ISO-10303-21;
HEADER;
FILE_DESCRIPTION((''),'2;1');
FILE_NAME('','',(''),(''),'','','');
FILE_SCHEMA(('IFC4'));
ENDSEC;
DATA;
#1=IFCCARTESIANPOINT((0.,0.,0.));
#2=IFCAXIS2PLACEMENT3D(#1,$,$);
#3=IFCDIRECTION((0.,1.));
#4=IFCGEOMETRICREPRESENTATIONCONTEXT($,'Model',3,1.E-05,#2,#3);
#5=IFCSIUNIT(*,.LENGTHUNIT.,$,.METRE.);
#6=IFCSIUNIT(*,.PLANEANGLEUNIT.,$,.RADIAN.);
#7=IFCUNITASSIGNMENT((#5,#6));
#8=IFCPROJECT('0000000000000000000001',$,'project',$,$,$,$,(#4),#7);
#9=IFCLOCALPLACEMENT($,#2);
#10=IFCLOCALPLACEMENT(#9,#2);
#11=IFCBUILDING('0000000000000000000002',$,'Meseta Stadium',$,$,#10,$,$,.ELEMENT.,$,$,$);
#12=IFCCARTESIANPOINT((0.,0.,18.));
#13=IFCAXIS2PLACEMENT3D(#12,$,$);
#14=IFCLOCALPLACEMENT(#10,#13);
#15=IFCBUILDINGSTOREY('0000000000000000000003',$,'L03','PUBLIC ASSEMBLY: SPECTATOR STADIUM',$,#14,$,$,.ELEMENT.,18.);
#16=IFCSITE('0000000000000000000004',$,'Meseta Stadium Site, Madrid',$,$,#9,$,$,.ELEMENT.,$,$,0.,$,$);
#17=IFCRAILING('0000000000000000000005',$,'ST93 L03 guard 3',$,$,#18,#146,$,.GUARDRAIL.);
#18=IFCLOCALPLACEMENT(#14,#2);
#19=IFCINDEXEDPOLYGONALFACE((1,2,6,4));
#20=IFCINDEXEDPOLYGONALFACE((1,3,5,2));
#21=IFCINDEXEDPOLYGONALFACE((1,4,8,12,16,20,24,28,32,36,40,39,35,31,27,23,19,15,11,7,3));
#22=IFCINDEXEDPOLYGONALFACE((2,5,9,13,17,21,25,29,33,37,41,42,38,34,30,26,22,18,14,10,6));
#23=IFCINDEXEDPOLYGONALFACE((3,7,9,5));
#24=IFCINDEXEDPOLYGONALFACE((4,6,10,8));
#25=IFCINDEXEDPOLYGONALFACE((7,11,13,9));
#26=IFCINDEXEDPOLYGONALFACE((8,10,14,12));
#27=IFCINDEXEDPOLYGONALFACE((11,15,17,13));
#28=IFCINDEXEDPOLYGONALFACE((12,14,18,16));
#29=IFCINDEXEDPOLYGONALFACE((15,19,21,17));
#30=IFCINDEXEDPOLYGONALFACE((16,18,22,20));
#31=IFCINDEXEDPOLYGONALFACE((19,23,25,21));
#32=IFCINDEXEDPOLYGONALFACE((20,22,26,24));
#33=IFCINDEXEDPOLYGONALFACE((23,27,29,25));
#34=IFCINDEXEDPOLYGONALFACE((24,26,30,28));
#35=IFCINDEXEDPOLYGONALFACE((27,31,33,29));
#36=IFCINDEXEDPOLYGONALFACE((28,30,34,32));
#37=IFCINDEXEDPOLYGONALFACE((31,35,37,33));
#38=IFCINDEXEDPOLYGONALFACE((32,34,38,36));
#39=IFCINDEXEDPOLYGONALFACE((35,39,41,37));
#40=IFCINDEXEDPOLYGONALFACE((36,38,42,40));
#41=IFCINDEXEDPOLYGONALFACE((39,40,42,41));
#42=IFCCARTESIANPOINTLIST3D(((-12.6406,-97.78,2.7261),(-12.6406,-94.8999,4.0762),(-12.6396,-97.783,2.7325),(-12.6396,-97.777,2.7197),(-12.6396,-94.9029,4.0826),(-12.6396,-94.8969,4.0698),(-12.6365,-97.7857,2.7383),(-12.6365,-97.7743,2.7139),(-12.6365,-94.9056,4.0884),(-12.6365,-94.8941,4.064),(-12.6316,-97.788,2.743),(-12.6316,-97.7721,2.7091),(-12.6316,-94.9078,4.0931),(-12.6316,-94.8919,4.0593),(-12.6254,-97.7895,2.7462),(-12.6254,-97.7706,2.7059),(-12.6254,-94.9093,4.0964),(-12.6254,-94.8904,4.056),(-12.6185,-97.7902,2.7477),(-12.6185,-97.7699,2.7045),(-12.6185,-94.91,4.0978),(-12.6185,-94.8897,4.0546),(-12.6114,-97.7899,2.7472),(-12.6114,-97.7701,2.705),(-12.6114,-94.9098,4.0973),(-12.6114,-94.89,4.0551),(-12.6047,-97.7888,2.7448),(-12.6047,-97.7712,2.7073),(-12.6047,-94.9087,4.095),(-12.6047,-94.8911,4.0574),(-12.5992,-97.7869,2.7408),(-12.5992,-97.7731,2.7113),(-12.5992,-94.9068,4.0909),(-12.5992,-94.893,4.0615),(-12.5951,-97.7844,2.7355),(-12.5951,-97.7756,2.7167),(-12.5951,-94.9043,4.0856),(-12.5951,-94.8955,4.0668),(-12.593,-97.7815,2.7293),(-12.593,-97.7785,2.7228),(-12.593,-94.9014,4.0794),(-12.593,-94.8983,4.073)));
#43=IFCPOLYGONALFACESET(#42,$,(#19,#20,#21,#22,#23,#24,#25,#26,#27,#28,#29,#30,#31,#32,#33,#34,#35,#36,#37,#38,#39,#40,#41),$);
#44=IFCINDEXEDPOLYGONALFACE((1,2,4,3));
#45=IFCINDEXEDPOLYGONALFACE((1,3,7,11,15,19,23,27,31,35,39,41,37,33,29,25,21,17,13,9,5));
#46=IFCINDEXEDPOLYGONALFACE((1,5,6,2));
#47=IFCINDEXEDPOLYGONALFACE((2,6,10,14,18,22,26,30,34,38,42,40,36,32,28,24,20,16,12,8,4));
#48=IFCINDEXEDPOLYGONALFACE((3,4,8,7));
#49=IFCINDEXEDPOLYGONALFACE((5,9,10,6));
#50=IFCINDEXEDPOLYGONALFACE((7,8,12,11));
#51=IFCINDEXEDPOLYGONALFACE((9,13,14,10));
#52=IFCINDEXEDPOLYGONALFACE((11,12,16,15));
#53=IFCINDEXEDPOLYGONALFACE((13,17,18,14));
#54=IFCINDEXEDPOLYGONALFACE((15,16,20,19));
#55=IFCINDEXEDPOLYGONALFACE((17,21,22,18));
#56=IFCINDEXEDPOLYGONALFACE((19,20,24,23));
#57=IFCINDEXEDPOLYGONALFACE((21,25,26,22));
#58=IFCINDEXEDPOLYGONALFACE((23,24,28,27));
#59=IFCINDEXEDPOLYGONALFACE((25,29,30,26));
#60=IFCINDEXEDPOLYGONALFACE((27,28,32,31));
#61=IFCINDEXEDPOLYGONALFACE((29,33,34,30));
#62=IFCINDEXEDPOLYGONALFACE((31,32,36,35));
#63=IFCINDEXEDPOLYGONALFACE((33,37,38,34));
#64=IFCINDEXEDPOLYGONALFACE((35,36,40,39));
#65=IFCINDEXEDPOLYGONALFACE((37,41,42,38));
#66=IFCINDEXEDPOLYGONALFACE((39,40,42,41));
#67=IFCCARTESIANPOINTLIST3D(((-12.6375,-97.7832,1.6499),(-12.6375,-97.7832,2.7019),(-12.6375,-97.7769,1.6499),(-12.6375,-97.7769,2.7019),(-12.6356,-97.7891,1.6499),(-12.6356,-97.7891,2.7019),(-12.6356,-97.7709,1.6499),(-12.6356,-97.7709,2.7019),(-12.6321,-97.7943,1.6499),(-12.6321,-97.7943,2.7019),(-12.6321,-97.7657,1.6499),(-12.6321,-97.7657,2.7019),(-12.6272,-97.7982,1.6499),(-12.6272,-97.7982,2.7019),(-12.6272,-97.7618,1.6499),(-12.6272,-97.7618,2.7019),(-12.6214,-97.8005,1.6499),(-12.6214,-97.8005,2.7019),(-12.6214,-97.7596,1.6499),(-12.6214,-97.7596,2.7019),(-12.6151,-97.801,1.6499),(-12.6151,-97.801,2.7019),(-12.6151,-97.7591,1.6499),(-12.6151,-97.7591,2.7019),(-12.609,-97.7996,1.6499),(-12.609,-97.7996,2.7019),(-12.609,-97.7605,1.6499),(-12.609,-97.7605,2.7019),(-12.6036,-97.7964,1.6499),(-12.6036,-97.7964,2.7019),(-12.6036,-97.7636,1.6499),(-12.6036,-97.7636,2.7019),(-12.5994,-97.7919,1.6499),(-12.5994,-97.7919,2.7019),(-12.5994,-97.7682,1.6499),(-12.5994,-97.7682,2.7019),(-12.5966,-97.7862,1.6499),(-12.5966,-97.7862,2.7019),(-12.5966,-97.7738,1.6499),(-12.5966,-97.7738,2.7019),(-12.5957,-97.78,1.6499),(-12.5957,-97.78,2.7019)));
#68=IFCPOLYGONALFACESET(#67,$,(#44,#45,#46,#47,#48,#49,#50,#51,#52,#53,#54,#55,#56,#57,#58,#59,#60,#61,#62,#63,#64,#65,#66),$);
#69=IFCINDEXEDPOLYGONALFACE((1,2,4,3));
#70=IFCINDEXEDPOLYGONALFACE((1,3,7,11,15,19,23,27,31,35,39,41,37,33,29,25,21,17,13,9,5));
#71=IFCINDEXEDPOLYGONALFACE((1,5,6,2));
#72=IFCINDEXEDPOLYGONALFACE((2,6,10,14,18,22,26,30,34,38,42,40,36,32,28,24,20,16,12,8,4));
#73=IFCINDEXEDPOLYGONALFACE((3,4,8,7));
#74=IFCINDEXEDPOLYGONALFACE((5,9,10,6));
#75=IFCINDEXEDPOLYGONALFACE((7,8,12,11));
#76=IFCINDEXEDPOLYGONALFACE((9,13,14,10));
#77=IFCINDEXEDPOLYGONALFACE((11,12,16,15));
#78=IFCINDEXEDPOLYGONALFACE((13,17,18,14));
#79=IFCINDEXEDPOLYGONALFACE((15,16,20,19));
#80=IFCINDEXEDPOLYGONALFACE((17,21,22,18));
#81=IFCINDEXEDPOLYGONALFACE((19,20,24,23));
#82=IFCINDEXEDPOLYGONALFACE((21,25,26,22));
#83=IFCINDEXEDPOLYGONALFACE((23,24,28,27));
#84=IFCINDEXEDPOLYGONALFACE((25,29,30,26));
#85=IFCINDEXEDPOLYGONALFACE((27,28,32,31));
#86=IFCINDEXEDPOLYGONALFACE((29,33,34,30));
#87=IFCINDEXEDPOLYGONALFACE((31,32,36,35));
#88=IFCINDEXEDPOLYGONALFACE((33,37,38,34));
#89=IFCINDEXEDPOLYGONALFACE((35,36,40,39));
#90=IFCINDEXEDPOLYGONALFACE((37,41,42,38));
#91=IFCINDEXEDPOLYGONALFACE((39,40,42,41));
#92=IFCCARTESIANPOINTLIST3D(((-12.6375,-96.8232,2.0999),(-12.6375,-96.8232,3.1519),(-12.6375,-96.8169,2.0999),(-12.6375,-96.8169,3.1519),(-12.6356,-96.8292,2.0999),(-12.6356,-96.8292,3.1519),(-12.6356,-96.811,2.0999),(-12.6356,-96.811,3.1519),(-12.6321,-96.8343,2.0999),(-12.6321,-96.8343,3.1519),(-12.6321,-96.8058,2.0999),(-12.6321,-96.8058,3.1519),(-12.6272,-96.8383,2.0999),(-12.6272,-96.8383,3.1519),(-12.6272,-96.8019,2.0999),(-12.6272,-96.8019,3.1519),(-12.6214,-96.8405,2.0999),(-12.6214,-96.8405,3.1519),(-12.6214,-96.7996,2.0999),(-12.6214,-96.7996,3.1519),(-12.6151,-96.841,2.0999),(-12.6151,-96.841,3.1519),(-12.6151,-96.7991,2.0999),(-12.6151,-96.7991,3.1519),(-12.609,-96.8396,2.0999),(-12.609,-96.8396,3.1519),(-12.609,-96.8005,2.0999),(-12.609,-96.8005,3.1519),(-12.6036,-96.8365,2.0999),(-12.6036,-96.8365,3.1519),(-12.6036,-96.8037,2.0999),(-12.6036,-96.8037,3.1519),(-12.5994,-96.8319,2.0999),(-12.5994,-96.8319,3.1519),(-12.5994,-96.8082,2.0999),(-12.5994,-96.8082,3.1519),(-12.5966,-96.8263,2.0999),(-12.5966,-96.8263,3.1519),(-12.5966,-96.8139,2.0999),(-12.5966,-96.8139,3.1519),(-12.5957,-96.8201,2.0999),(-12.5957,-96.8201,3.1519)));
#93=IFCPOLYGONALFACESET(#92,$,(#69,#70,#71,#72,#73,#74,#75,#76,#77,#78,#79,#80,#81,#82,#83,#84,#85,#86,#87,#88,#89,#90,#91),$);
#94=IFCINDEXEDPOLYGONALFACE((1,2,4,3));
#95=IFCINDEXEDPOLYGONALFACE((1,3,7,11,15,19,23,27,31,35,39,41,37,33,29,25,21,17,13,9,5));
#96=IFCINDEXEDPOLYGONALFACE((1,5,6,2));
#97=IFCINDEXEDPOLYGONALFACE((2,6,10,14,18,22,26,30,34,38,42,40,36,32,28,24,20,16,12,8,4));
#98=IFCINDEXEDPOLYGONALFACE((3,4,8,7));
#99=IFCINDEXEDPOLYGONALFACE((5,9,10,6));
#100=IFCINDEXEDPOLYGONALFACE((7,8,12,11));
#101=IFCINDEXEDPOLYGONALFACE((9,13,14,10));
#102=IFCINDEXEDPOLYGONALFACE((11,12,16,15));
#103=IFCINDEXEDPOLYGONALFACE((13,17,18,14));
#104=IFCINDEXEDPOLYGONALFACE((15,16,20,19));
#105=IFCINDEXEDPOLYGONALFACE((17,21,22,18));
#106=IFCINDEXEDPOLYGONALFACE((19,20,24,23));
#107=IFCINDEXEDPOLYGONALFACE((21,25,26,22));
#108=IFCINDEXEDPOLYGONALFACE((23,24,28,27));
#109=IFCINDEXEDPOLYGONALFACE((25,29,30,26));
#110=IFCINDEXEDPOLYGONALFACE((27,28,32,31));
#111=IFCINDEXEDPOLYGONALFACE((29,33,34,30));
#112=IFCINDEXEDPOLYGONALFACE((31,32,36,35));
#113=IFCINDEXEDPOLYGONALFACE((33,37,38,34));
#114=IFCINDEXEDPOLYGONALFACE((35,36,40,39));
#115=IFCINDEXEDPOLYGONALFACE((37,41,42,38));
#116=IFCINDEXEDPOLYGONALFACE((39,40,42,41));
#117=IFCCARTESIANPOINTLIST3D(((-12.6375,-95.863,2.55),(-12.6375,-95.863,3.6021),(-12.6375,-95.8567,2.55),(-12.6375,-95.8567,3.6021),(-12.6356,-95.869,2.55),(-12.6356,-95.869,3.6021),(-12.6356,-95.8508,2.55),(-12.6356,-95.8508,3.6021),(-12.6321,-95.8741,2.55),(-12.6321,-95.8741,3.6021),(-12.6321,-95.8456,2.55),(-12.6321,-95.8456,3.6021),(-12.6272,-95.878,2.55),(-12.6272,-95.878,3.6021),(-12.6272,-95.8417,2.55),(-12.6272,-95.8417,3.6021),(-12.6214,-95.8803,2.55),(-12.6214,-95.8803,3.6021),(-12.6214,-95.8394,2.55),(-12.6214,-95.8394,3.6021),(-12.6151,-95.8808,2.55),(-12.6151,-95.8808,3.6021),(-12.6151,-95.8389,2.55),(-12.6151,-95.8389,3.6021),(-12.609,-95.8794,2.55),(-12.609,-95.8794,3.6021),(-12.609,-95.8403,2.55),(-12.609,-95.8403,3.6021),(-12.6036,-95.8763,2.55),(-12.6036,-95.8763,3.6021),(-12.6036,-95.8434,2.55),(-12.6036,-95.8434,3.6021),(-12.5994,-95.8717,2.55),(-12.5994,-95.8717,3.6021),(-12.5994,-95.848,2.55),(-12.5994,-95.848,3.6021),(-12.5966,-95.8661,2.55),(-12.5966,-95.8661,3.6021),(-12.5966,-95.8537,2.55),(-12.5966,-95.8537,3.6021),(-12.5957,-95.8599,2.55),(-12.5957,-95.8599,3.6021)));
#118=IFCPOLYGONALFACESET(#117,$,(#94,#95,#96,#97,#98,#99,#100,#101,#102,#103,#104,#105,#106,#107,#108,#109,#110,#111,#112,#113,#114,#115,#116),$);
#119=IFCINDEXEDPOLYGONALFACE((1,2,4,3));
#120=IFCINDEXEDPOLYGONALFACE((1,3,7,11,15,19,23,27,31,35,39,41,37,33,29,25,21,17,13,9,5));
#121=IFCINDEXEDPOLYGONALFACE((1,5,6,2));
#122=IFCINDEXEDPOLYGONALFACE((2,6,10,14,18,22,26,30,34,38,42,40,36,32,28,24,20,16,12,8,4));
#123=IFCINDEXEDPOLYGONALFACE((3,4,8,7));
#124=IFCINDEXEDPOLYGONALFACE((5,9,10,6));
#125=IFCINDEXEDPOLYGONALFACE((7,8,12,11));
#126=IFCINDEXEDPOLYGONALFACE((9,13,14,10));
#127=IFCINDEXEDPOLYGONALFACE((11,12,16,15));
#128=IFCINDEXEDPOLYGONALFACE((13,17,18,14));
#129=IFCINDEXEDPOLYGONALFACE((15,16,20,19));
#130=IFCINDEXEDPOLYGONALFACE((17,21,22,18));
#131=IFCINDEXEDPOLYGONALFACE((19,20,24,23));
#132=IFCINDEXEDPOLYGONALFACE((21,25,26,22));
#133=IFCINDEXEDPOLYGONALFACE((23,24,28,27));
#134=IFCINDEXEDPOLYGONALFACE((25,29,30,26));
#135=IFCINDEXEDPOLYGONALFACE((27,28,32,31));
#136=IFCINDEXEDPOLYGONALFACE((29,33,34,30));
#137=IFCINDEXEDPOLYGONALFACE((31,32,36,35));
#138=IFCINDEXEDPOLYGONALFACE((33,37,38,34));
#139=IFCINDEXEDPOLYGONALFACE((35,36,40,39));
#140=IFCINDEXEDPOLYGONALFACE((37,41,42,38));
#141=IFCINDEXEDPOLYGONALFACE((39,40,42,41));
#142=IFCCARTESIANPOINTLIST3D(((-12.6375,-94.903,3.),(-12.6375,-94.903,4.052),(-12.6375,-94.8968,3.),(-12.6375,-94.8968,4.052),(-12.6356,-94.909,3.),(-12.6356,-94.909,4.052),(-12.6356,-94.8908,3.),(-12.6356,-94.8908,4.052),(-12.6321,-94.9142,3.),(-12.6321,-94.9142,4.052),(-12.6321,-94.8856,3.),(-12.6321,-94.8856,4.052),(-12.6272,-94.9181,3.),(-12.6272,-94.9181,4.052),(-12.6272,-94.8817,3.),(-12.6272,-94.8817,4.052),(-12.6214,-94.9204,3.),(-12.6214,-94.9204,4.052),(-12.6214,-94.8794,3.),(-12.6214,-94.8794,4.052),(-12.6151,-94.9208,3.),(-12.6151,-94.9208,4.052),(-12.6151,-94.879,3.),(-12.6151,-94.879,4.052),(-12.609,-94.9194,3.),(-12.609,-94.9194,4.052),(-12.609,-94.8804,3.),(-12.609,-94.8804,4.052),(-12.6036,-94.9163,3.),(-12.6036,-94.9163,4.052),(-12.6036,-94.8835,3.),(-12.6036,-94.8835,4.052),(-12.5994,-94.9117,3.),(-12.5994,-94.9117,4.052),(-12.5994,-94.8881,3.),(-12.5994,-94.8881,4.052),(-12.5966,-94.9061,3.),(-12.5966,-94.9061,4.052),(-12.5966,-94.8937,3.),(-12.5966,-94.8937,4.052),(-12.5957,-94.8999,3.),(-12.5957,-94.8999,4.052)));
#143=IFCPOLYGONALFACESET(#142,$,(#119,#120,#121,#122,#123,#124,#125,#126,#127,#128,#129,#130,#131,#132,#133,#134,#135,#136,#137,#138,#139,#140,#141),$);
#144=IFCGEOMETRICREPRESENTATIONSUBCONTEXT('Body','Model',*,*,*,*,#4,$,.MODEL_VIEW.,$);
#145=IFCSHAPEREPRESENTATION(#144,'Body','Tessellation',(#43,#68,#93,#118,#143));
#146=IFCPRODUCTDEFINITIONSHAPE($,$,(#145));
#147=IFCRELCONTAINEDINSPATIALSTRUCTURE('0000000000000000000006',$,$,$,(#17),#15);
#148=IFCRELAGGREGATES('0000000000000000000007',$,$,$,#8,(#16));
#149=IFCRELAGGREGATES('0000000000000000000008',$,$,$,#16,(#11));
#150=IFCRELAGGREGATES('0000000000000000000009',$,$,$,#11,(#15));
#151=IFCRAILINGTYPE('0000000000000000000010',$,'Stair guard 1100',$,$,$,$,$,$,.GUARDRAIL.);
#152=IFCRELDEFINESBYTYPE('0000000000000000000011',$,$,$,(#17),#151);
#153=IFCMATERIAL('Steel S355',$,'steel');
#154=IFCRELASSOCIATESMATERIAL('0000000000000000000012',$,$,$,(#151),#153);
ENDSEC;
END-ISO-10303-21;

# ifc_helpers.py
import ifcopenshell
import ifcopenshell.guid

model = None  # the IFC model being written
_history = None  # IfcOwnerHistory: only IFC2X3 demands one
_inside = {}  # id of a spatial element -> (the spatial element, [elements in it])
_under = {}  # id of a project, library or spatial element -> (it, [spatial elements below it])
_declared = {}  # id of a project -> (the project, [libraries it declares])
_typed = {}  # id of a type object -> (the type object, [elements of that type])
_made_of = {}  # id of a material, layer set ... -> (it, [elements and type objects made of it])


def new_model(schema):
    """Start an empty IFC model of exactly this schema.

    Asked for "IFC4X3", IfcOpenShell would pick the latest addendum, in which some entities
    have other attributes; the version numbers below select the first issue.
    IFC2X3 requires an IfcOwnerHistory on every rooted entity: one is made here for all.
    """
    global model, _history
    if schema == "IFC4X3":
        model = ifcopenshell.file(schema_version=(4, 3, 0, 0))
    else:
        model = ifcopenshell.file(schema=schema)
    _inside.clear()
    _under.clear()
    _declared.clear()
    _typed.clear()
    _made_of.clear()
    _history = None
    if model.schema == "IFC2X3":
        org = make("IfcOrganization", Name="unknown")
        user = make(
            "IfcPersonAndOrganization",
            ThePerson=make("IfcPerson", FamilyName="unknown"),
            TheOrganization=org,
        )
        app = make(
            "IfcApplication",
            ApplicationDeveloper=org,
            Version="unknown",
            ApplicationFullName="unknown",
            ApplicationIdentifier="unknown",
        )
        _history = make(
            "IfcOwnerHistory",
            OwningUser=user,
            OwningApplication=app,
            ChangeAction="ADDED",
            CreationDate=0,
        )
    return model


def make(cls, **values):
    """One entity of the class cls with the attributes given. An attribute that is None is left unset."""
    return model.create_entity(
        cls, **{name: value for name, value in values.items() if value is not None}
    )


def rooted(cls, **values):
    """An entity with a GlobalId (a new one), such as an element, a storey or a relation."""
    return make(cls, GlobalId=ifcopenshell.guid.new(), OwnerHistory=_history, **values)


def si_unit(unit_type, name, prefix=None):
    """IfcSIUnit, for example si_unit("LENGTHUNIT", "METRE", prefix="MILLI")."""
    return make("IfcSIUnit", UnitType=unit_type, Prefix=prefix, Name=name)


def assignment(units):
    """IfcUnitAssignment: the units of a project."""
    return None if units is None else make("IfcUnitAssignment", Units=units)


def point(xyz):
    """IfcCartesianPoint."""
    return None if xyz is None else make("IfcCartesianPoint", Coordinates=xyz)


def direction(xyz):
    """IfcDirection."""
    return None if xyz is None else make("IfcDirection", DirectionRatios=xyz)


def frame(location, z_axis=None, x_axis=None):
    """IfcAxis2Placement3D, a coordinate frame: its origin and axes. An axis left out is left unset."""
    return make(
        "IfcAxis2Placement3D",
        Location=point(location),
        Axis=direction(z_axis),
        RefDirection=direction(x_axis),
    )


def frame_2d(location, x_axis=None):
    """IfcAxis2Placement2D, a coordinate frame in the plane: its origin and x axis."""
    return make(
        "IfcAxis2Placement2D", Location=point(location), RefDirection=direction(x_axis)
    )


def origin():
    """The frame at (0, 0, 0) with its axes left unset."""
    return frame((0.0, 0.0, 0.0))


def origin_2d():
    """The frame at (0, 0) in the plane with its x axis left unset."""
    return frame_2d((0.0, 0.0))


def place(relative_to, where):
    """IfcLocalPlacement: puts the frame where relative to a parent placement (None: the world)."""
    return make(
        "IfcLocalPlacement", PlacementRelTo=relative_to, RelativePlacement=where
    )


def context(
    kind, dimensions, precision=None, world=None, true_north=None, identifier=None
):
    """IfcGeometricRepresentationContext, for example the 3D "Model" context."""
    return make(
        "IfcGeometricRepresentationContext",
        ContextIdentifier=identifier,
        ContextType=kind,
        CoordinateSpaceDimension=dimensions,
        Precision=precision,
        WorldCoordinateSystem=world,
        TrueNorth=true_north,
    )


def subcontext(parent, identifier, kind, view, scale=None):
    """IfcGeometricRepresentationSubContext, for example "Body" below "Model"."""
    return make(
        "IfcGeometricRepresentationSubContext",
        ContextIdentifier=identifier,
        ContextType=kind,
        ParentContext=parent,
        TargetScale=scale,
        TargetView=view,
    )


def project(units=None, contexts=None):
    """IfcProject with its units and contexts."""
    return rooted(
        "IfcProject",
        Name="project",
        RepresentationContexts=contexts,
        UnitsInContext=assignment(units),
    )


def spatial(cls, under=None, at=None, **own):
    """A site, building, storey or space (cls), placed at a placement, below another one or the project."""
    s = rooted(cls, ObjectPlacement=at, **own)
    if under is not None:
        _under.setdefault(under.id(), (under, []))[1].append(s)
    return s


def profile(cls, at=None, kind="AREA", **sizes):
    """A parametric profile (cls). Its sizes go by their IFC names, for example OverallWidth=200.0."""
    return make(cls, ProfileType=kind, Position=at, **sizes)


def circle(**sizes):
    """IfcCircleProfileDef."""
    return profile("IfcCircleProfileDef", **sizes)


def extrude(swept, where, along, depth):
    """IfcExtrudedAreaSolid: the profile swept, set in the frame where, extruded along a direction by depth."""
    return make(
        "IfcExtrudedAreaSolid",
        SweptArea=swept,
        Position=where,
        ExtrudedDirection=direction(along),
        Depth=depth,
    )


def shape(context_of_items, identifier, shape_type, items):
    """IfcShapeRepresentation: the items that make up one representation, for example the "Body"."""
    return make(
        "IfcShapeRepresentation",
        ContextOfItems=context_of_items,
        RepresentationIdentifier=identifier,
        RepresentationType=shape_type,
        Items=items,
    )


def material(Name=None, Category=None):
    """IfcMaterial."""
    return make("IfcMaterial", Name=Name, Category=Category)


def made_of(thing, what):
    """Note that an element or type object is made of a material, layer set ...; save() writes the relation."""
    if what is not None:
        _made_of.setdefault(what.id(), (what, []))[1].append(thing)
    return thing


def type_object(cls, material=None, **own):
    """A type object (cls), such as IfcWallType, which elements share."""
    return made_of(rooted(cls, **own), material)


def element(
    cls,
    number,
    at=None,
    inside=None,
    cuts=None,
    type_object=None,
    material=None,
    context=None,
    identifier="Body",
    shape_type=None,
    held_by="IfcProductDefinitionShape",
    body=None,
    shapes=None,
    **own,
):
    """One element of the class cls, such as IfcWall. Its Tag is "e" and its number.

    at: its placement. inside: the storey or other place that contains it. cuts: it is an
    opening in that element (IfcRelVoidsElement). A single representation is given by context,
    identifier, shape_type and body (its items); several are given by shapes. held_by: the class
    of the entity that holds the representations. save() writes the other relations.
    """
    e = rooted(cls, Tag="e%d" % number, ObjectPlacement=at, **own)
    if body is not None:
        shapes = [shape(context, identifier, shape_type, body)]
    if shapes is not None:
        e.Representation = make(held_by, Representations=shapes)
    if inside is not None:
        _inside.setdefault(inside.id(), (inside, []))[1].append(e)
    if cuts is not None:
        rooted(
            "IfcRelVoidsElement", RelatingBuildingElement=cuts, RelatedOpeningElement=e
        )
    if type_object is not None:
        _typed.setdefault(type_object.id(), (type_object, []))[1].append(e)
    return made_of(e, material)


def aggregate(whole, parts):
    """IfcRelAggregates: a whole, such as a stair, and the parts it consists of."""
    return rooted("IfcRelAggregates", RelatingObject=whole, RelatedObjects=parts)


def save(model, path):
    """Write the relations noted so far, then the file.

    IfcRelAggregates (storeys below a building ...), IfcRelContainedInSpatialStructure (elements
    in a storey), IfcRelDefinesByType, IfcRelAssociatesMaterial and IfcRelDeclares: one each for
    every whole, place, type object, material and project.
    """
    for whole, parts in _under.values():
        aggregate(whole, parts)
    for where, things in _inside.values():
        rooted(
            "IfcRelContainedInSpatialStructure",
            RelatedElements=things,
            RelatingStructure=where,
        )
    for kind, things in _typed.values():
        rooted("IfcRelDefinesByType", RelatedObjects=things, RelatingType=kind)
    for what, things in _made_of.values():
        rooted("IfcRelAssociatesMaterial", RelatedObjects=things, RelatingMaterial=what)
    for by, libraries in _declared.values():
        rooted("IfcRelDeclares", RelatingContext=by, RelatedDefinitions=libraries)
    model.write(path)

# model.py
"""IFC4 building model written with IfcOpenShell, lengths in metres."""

from ifc_helpers import new_model, si_unit, direction, frame, origin, origin_2d, place, context, subcontext, project, spatial, circle, extrude, material, type_object, element, save


model = new_model("IFC4")

# Units and contexts
model_context = context("Model", 3, precision=1e-05, world=origin(), true_north=direction((0.0, 1.0)))
body_context = subcontext(model_context, "Body", "Model", "MODEL_VIEW")
ifc_project = project(units=[si_unit("LENGTHUNIT", "METRE"), si_unit("PLANEANGLEUNIT", "RADIAN")], contexts=[model_context])

# Site, building, storey
site_placement = place(None, origin())
site = spatial("IfcSite", under=ifc_project, at=site_placement, Name="Meseta Stadium Site, Madrid", CompositionType="ELEMENT", RefElevation=0.0)
building_placement = place(site_placement, origin())
building = spatial("IfcBuilding", under=site, at=building_placement, Name="Meseta Stadium", CompositionType="ELEMENT")
storey_placement = place(building_placement, frame((0.0, 0.0, 18.0)))
storey = spatial("IfcBuildingStorey", under=building, at=storey_placement, Name="L03", Description="PUBLIC ASSEMBLY: SPECTATOR STADIUM", CompositionType="ELEMENT", Elevation=18.0)

# Railing
ifc_material_1 = material(Name="Steel S355", Category="steel")
railing_type_1 = type_object("IfcRailingType", Name="Stair guard 1100", PredefinedType="GUARDRAIL", material=ifc_material_1)
railing_1_placement = place(storey_placement, frame((-12.6167, -97.78, 1.6499)))
element("IfcRailing", 1, at=railing_1_placement, inside=storey, type_object=railing_type_1, Name="ST93 L03 guard 3", PredefinedType="GUARDRAIL", context=body_context, shape_type="SweptSolid", body=[
    extrude(circle(Radius=0.0239, at=origin_2d()), frame((0.0, 0.0, 1.0762), z_axis=(0.0, 0.905454, 0.424444), x_axis=(-1.0, 0.0, 0.0)), (0.0, 0.0, 1.0), 3.1809),
    extrude(circle(Radius=0.021, at=origin_2d()), origin(), (0.0, 0.0, 1.0), 1.052),
    extrude(circle(Radius=0.021, at=origin_2d()), frame((0.0, 0.96, 0.45)), (0.0, 0.0, 1.0), 1.052),
    extrude(circle(Radius=0.021, at=origin_2d()), frame((0.0, 1.9202, 0.9001)), (0.0, 0.0, 1.0), 1.052),
    extrude(circle(Radius=0.021, at=origin_2d()), frame((0.0, 2.8801, 1.3501)), (0.0, 0.0, 1.0), 1.052),
])

save(model, "model.ifc")
